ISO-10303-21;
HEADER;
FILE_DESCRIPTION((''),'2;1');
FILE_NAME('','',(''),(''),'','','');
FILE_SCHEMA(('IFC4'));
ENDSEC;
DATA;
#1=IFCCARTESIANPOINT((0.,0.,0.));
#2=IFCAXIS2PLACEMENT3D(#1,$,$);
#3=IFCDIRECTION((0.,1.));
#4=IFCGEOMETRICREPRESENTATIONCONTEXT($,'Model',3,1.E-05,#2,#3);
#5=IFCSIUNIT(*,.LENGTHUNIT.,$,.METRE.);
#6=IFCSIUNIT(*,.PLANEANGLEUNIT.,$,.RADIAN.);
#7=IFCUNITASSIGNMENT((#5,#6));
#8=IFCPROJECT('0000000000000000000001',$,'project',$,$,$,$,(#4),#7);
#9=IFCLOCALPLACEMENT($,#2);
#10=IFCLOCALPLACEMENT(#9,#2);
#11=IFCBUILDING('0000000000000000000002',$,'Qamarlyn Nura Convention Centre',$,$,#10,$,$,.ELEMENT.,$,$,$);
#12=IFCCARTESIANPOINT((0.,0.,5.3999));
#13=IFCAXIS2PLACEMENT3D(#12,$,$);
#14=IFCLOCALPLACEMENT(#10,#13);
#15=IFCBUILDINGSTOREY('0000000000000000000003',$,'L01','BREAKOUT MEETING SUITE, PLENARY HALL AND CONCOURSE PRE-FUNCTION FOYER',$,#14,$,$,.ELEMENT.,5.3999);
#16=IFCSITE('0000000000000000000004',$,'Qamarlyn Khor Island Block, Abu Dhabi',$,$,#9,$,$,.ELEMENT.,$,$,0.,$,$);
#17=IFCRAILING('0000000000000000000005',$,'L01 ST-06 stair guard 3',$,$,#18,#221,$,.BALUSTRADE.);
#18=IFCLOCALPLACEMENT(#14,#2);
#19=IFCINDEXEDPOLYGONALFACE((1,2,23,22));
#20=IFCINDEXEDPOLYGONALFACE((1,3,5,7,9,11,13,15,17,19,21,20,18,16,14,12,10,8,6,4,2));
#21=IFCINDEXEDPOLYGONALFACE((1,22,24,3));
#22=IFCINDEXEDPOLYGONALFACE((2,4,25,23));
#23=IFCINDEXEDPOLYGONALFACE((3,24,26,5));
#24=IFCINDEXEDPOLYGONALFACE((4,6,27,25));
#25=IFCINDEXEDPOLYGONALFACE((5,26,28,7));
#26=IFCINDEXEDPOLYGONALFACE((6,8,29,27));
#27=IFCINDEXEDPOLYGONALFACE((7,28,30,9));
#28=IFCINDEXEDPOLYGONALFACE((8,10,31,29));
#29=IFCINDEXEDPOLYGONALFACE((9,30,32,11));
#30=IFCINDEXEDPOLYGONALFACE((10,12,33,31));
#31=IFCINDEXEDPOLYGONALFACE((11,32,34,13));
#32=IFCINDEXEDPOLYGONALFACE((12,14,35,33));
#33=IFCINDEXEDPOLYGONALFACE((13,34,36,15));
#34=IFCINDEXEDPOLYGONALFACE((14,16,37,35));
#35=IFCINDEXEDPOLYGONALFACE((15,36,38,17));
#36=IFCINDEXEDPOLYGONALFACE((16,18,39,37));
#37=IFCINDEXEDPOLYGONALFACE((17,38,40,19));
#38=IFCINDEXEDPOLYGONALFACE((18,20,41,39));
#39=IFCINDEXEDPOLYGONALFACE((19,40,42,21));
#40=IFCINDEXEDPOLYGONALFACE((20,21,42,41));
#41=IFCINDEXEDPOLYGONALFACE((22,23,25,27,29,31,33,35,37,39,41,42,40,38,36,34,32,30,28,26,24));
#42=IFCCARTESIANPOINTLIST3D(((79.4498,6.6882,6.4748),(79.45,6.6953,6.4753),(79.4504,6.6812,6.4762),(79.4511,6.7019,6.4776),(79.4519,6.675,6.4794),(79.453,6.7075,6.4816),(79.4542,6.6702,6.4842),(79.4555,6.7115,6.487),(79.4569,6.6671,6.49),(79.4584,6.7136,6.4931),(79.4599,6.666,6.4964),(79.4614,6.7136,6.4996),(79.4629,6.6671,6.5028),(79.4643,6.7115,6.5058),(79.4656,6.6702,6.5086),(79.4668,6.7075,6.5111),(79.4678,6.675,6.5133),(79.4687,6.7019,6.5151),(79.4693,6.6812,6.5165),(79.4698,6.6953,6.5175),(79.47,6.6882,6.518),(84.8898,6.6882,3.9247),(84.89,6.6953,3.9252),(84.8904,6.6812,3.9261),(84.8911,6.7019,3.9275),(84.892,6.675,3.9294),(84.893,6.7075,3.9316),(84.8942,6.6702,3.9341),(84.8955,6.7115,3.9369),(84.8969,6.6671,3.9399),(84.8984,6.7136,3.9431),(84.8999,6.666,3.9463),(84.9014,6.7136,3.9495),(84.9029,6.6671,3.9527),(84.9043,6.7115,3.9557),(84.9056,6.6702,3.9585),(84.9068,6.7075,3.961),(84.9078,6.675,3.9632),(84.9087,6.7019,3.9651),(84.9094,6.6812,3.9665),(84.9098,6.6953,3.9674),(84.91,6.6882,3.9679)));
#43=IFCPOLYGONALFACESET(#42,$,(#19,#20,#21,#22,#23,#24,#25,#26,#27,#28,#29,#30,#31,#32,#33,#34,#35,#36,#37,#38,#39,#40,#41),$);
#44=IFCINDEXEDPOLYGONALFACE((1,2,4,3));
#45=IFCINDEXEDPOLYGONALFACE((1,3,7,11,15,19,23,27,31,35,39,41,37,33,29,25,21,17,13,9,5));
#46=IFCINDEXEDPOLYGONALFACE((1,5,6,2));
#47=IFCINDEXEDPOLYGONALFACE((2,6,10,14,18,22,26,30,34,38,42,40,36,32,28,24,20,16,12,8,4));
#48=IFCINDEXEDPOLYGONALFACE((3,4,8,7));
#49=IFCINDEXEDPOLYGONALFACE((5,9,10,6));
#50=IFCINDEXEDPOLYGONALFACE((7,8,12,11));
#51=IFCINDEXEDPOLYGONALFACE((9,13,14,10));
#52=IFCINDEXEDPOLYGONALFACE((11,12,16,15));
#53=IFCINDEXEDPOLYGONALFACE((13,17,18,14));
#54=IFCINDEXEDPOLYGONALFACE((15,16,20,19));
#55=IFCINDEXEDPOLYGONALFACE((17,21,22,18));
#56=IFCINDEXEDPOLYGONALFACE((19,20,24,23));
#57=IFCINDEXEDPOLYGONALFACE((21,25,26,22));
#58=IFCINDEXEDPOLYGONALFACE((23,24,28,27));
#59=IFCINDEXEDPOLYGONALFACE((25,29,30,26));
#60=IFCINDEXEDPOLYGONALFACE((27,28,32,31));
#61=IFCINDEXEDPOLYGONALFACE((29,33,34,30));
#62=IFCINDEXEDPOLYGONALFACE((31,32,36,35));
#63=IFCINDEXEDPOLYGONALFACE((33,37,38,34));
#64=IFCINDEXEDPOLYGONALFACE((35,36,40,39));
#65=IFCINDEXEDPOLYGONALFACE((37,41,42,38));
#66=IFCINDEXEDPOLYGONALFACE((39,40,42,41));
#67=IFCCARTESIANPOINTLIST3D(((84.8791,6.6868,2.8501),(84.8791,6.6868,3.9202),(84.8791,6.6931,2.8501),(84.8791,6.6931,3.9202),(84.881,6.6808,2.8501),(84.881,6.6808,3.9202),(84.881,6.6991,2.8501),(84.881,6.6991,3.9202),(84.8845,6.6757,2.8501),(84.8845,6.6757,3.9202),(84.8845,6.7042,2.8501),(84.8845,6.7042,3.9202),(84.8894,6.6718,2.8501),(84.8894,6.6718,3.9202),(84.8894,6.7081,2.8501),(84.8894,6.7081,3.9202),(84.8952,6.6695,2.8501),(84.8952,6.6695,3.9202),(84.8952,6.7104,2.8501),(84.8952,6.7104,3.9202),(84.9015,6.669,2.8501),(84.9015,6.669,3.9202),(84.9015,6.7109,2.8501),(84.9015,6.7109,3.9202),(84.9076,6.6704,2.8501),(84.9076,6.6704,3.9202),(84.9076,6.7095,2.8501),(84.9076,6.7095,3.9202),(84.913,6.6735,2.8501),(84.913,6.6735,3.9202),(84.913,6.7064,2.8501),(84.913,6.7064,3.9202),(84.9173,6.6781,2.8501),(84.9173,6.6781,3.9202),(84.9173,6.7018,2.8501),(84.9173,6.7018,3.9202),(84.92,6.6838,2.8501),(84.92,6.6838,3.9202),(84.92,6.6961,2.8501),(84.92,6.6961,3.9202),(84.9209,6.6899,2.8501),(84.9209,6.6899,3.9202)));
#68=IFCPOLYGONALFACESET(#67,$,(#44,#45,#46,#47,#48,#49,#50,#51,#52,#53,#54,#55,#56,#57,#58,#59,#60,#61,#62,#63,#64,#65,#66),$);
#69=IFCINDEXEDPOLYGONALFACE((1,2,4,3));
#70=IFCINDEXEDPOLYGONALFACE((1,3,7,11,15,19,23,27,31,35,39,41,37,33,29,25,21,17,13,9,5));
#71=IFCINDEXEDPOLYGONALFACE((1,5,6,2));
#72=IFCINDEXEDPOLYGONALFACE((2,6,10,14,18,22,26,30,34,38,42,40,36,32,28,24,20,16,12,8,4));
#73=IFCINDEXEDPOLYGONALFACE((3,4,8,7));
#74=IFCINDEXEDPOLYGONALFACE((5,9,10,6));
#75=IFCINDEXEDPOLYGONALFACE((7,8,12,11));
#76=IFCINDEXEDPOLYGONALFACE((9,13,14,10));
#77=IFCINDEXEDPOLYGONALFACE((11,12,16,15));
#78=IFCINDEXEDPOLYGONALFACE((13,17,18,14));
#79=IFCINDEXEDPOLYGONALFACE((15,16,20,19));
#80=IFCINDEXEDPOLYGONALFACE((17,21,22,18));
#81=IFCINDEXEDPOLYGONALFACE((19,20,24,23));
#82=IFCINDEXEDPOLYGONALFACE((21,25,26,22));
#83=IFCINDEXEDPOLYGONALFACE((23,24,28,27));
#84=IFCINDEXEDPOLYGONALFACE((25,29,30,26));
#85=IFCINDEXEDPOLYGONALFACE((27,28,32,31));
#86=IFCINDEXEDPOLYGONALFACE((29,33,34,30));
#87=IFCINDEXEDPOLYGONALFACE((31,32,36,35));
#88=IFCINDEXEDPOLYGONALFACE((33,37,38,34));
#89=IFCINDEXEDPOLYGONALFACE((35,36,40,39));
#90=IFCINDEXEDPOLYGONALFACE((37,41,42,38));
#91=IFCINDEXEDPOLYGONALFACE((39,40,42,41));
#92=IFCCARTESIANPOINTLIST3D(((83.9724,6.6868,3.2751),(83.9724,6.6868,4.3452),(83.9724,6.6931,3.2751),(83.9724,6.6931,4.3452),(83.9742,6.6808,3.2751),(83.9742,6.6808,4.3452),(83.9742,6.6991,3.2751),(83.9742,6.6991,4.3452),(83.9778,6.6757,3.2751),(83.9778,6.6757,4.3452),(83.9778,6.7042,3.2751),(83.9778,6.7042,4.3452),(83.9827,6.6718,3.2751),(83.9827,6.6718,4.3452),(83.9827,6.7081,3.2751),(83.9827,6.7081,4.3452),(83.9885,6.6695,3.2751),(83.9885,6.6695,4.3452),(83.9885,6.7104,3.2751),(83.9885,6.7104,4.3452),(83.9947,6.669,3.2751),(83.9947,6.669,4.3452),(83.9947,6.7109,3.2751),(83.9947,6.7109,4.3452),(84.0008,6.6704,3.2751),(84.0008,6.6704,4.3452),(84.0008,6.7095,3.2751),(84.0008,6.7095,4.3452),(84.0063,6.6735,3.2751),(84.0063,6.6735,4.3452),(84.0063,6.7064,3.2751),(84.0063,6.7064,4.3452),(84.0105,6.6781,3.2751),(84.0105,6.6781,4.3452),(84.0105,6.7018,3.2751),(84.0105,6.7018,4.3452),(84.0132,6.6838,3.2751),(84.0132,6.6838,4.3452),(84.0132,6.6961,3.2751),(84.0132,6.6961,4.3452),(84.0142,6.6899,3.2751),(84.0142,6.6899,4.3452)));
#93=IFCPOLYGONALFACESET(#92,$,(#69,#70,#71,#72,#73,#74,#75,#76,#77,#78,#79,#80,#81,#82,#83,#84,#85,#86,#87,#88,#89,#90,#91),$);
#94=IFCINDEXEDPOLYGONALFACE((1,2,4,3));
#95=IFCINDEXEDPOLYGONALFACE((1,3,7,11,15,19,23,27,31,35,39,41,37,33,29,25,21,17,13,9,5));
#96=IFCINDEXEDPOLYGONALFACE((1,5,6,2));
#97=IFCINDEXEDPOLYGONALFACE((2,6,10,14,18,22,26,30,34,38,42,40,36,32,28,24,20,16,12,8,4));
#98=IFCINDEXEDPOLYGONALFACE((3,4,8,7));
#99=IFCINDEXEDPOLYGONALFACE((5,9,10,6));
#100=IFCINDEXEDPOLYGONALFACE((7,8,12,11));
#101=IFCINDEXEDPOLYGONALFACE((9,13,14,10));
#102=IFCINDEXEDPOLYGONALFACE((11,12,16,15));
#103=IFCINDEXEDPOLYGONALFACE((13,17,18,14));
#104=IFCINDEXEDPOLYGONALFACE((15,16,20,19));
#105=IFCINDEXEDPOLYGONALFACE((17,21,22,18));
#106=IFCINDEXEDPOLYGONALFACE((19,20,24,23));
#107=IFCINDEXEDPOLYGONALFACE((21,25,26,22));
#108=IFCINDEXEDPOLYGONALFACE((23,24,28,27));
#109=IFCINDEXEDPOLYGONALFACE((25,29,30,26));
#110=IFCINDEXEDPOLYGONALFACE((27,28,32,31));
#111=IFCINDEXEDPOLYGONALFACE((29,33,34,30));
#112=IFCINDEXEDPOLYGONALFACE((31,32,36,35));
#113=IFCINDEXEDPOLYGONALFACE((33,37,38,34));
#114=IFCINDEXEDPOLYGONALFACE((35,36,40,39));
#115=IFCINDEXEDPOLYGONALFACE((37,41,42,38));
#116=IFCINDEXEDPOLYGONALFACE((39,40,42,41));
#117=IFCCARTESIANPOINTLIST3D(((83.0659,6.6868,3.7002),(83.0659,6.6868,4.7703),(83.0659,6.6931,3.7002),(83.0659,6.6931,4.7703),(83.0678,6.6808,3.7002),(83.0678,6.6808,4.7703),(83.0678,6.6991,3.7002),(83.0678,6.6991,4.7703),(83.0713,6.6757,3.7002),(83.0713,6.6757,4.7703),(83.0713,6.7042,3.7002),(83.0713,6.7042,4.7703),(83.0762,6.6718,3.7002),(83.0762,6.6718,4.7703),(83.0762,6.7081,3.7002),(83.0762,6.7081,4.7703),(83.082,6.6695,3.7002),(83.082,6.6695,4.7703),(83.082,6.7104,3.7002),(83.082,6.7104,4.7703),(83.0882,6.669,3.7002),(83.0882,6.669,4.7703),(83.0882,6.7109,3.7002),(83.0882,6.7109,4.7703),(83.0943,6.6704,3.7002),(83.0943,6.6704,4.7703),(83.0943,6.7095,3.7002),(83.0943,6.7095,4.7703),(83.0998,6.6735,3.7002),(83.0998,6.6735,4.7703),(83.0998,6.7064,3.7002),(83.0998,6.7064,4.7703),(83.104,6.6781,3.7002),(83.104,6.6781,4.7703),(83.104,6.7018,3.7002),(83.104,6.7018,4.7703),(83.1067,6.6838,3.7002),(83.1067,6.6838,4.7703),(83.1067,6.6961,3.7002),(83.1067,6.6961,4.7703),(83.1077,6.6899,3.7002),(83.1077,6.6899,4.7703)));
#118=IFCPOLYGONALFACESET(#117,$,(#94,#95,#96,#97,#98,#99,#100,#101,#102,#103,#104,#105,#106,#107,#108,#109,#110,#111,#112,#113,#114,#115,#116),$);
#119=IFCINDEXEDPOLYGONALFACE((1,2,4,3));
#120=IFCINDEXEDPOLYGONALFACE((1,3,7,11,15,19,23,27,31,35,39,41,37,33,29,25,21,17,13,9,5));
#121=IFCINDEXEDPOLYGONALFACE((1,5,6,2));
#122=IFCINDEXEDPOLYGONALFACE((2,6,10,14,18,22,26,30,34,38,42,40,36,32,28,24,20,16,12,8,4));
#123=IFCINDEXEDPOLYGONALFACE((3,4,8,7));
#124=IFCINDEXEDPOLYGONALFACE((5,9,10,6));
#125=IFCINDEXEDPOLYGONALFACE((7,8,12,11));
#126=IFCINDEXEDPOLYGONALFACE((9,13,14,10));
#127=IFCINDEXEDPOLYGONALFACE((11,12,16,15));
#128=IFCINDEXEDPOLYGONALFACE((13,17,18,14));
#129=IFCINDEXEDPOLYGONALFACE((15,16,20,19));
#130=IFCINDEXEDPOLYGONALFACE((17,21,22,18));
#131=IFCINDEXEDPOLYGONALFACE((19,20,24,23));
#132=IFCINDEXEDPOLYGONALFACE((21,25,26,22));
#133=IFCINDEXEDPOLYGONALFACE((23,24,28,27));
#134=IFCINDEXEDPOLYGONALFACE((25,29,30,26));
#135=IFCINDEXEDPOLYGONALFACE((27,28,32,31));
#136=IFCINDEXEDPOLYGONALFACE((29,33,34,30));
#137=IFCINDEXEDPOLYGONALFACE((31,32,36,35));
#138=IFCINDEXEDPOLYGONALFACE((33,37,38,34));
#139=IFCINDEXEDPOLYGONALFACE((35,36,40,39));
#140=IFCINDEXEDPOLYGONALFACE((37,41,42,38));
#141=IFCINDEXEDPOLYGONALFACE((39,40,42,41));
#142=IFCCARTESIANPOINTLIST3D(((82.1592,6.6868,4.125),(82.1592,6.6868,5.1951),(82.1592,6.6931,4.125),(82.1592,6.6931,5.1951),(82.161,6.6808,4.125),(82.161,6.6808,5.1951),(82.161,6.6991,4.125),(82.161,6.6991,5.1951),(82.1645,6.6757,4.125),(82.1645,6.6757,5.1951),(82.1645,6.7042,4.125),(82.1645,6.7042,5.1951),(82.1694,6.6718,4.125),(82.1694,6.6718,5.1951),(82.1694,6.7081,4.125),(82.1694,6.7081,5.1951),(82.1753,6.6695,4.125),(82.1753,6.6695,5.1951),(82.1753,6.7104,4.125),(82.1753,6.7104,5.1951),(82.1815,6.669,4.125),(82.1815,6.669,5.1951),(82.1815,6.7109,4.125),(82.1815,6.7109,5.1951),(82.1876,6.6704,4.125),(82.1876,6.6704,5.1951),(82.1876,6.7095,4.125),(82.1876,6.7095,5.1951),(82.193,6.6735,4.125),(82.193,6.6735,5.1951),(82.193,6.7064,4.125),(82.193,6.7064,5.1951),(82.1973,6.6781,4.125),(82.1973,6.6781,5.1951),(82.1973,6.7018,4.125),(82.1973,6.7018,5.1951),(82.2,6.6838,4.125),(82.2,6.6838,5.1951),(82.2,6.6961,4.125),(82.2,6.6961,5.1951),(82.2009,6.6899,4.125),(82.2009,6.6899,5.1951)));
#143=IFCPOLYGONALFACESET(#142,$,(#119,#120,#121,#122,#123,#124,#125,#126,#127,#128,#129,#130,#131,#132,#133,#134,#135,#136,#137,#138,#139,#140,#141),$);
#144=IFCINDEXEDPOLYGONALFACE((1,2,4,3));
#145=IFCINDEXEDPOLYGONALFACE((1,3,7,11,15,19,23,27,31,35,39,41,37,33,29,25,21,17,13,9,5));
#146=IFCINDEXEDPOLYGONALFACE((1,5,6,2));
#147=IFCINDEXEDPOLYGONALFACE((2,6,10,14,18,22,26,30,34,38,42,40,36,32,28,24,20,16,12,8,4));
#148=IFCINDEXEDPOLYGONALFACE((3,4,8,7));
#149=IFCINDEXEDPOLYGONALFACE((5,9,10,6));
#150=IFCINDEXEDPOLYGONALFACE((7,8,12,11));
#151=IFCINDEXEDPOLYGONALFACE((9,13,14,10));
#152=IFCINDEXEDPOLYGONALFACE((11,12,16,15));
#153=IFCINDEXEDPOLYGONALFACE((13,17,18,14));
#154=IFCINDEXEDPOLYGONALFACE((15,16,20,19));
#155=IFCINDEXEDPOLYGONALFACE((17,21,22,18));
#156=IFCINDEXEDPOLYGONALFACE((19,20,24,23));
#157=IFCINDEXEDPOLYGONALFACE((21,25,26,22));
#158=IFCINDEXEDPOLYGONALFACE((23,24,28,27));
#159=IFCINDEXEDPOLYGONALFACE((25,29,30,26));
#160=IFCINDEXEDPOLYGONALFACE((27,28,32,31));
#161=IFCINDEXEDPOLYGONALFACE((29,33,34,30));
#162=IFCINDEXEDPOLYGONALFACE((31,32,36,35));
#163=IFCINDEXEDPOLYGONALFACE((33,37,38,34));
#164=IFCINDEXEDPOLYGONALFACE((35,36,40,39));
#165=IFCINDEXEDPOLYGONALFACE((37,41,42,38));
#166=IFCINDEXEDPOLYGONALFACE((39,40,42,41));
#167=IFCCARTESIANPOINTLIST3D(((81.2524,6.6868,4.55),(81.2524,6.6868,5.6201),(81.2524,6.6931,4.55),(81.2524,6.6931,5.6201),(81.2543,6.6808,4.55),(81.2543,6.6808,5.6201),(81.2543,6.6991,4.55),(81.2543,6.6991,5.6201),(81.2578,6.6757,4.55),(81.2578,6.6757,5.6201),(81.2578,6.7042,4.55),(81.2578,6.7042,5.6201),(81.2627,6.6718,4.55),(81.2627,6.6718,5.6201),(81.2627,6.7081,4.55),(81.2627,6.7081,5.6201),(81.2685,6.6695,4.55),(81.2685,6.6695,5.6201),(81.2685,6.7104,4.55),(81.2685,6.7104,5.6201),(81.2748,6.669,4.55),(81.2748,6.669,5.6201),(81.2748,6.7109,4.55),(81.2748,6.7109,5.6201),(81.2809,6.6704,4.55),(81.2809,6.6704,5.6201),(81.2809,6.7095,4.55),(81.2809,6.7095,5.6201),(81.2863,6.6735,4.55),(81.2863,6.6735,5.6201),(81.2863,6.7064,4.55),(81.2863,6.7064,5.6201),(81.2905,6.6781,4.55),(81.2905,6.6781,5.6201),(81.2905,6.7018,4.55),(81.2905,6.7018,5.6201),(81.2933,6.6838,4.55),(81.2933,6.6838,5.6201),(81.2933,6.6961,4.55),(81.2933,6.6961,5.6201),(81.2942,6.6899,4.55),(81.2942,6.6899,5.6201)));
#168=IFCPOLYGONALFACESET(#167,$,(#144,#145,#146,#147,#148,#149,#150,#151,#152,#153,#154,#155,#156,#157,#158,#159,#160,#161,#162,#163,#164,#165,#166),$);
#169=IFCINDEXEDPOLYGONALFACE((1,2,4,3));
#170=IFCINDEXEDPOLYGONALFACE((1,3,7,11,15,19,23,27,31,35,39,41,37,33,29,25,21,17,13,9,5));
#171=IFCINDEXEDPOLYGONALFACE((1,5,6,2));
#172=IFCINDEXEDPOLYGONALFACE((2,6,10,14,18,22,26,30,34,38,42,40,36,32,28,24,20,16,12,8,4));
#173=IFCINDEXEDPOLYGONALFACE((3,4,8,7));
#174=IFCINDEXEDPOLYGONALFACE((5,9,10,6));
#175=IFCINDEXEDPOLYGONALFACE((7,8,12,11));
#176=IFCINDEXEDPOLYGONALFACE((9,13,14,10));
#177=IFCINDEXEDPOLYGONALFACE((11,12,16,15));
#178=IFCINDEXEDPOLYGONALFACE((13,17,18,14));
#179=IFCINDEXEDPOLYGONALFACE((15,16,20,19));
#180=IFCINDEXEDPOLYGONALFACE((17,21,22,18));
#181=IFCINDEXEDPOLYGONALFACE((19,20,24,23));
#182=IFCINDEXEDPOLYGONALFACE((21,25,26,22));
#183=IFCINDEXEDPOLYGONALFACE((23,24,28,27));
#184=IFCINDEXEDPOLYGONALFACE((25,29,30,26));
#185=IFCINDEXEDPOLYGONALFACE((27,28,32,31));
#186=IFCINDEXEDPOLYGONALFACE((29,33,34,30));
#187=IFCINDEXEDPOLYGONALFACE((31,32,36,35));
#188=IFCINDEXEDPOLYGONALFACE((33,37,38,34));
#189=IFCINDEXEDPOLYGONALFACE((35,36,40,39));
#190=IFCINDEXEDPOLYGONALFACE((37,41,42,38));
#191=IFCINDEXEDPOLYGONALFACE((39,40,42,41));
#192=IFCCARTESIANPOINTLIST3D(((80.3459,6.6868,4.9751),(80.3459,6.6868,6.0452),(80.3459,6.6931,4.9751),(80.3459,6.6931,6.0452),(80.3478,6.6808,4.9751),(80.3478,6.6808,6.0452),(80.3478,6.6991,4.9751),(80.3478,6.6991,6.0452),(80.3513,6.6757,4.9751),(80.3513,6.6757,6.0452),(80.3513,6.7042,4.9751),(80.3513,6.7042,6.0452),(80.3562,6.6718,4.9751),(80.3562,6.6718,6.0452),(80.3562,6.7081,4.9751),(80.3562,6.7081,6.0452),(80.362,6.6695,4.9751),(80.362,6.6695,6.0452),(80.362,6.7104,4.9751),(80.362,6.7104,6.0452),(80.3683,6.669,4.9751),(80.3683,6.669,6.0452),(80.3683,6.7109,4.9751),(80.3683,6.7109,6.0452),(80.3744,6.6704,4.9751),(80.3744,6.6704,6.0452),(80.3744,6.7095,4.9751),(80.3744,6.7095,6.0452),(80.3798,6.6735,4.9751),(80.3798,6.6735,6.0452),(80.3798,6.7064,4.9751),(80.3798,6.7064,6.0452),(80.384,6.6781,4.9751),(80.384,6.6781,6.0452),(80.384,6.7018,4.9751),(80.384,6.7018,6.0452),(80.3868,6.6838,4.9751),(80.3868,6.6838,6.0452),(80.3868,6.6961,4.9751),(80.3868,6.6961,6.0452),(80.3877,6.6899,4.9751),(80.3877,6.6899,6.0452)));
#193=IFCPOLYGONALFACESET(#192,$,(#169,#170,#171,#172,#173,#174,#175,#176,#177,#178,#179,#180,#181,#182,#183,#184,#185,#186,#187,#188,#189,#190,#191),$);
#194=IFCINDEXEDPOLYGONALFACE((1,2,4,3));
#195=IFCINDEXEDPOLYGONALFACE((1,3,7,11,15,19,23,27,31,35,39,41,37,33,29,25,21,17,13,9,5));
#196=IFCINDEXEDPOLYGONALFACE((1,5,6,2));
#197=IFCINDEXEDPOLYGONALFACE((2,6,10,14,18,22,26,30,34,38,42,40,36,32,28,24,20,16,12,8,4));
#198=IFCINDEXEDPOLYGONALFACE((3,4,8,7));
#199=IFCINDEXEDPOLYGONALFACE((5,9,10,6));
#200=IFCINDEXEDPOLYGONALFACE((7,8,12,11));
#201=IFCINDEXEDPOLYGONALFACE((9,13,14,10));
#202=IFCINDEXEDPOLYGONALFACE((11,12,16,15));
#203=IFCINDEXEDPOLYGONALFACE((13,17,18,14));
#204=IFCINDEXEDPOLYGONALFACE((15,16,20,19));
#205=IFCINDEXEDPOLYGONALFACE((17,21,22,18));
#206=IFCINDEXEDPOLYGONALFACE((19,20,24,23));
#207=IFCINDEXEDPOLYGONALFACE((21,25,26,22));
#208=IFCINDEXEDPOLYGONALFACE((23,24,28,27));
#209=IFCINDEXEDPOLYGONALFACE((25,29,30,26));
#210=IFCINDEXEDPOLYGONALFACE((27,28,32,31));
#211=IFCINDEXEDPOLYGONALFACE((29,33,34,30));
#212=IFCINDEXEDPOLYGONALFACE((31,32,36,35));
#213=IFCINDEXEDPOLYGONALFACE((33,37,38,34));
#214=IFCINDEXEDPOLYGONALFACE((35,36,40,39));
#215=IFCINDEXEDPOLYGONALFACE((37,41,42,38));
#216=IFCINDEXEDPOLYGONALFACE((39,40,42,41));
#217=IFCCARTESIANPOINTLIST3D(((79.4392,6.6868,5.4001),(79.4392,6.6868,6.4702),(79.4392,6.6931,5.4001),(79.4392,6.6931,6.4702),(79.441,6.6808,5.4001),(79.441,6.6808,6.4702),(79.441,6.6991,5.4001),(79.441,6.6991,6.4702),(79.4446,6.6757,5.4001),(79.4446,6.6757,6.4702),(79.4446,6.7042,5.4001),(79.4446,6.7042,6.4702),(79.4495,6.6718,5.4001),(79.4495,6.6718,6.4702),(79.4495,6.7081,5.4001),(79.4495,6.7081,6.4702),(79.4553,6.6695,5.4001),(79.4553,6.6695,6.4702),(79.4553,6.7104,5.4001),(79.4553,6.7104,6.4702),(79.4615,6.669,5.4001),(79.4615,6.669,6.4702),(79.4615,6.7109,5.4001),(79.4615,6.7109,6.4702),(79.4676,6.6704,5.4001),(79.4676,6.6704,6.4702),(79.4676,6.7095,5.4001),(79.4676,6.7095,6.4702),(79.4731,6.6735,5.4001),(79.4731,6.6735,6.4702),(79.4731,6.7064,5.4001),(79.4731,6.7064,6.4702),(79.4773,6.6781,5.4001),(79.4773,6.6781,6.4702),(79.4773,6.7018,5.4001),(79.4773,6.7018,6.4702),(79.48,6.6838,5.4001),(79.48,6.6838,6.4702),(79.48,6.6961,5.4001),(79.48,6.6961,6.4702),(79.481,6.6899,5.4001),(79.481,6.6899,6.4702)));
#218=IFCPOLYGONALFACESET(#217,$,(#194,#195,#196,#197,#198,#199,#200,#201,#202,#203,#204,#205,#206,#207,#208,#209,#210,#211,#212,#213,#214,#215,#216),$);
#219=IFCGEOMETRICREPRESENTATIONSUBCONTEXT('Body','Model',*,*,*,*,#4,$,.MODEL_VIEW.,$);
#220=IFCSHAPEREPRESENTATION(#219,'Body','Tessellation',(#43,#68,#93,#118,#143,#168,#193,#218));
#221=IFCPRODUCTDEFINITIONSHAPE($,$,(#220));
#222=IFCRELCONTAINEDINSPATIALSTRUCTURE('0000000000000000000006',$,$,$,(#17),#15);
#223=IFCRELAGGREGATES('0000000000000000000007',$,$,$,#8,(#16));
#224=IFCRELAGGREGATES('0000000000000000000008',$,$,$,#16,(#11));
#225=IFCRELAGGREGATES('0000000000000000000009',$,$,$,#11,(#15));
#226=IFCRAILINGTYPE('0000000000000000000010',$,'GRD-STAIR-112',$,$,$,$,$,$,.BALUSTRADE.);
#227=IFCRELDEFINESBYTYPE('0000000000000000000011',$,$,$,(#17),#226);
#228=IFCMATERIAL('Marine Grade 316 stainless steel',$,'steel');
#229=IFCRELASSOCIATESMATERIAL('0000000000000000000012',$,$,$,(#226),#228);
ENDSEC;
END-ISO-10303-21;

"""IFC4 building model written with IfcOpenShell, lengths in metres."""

from ifc_helpers import new_model, si_unit, direction, frame, origin, origin_2d, place, context, subcontext, project, spatial, circle, extrude, material, type_object, element, save


model = new_model("IFC4")

# Units and contexts
model_context = context("Model", 3, precision=1e-05, world=origin(), true_north=direction((0.0, 1.0)))
body_context = subcontext(model_context, "Body", "Model", "MODEL_VIEW")
ifc_project = project(units=[si_unit("LENGTHUNIT", "METRE"), si_unit("PLANEANGLEUNIT", "RADIAN")], contexts=[model_context])

# Site, building, storey
site_placement = place(None, origin())
site = spatial("IfcSite", under=ifc_project, at=site_placement, Name="Qamarlyn Khor Island Block, Abu Dhabi", CompositionType="ELEMENT", RefElevation=0.0)
building_placement = place(site_placement, origin())
building = spatial("IfcBuilding", under=site, at=building_placement, Name="Qamarlyn Nura Convention Centre", CompositionType="ELEMENT")
storey_placement = place(building_placement, frame((0.0, 0.0, 5.3999)))
storey = spatial("IfcBuildingStorey", under=building, at=storey_placement, Name="L01", Description="BREAKOUT MEETING SUITE, PLENARY HALL AND CONCOURSE PRE-FUNCTION FOYER", CompositionType="ELEMENT", Elevation=5.3999)

# Shared definitions
ifc_material_1 = material(Name="Marine Grade 316 stainless steel", Category="steel")

# Railing
railing_type_1 = type_object("IfcRailingType", Name="GRD-STAIR-112", PredefinedType="BALUSTRADE", material=ifc_material_1)
railing_1_placement = place(storey_placement, frame((84.8999, 6.6899, 2.8501)))
element("IfcRailing", 1, at=railing_1_placement, inside=storey, type_object=railing_type_1, Name="L01 ST-06 stair guard 3", PredefinedType="BALUSTRADE", context=body_context, shape_type="SweptSolid", body=[
    extrude(circle(Radius=0.0239, at=origin_2d()), frame((0.0, 0.0, 1.0962), z_axis=(-0.905454, 0.0, 0.424444), x_axis=(0.0, -1.0, 0.0)), (0.0, 0.0, 1.0), 6.0081),
    extrude(circle(Radius=0.021, at=origin_2d()), origin(), (0.0, 0.0, 1.0), 1.0701),
    extrude(circle(Radius=0.021, at=origin_2d()), frame((-0.9067, 0.0, 0.425)), (0.0, 0.0, 1.0), 1.0701),
    extrude(circle(Radius=0.021, at=origin_2d()), frame((-1.8132, 0.0, 0.8501)), (0.0, 0.0, 1.0), 1.0701),
    extrude(circle(Radius=0.021, at=origin_2d()), frame((-2.72, 0.0, 1.2749)), (0.0, 0.0, 1.0), 1.0701),
    extrude(circle(Radius=0.021, at=origin_2d()), frame((-3.6267, 0.0, 1.7)), (0.0, 0.0, 1.0), 1.0701),
    extrude(circle(Radius=0.021, at=origin_2d()), frame((-4.5332, 0.0, 2.125)), (0.0, 0.0, 1.0), 1.0701),
    extrude(circle(Radius=0.021, at=origin_2d()), frame((-5.4399, 0.0, 2.55)), (0.0, 0.0, 1.0), 1.0701),
])

save(model, "model.ifc")
